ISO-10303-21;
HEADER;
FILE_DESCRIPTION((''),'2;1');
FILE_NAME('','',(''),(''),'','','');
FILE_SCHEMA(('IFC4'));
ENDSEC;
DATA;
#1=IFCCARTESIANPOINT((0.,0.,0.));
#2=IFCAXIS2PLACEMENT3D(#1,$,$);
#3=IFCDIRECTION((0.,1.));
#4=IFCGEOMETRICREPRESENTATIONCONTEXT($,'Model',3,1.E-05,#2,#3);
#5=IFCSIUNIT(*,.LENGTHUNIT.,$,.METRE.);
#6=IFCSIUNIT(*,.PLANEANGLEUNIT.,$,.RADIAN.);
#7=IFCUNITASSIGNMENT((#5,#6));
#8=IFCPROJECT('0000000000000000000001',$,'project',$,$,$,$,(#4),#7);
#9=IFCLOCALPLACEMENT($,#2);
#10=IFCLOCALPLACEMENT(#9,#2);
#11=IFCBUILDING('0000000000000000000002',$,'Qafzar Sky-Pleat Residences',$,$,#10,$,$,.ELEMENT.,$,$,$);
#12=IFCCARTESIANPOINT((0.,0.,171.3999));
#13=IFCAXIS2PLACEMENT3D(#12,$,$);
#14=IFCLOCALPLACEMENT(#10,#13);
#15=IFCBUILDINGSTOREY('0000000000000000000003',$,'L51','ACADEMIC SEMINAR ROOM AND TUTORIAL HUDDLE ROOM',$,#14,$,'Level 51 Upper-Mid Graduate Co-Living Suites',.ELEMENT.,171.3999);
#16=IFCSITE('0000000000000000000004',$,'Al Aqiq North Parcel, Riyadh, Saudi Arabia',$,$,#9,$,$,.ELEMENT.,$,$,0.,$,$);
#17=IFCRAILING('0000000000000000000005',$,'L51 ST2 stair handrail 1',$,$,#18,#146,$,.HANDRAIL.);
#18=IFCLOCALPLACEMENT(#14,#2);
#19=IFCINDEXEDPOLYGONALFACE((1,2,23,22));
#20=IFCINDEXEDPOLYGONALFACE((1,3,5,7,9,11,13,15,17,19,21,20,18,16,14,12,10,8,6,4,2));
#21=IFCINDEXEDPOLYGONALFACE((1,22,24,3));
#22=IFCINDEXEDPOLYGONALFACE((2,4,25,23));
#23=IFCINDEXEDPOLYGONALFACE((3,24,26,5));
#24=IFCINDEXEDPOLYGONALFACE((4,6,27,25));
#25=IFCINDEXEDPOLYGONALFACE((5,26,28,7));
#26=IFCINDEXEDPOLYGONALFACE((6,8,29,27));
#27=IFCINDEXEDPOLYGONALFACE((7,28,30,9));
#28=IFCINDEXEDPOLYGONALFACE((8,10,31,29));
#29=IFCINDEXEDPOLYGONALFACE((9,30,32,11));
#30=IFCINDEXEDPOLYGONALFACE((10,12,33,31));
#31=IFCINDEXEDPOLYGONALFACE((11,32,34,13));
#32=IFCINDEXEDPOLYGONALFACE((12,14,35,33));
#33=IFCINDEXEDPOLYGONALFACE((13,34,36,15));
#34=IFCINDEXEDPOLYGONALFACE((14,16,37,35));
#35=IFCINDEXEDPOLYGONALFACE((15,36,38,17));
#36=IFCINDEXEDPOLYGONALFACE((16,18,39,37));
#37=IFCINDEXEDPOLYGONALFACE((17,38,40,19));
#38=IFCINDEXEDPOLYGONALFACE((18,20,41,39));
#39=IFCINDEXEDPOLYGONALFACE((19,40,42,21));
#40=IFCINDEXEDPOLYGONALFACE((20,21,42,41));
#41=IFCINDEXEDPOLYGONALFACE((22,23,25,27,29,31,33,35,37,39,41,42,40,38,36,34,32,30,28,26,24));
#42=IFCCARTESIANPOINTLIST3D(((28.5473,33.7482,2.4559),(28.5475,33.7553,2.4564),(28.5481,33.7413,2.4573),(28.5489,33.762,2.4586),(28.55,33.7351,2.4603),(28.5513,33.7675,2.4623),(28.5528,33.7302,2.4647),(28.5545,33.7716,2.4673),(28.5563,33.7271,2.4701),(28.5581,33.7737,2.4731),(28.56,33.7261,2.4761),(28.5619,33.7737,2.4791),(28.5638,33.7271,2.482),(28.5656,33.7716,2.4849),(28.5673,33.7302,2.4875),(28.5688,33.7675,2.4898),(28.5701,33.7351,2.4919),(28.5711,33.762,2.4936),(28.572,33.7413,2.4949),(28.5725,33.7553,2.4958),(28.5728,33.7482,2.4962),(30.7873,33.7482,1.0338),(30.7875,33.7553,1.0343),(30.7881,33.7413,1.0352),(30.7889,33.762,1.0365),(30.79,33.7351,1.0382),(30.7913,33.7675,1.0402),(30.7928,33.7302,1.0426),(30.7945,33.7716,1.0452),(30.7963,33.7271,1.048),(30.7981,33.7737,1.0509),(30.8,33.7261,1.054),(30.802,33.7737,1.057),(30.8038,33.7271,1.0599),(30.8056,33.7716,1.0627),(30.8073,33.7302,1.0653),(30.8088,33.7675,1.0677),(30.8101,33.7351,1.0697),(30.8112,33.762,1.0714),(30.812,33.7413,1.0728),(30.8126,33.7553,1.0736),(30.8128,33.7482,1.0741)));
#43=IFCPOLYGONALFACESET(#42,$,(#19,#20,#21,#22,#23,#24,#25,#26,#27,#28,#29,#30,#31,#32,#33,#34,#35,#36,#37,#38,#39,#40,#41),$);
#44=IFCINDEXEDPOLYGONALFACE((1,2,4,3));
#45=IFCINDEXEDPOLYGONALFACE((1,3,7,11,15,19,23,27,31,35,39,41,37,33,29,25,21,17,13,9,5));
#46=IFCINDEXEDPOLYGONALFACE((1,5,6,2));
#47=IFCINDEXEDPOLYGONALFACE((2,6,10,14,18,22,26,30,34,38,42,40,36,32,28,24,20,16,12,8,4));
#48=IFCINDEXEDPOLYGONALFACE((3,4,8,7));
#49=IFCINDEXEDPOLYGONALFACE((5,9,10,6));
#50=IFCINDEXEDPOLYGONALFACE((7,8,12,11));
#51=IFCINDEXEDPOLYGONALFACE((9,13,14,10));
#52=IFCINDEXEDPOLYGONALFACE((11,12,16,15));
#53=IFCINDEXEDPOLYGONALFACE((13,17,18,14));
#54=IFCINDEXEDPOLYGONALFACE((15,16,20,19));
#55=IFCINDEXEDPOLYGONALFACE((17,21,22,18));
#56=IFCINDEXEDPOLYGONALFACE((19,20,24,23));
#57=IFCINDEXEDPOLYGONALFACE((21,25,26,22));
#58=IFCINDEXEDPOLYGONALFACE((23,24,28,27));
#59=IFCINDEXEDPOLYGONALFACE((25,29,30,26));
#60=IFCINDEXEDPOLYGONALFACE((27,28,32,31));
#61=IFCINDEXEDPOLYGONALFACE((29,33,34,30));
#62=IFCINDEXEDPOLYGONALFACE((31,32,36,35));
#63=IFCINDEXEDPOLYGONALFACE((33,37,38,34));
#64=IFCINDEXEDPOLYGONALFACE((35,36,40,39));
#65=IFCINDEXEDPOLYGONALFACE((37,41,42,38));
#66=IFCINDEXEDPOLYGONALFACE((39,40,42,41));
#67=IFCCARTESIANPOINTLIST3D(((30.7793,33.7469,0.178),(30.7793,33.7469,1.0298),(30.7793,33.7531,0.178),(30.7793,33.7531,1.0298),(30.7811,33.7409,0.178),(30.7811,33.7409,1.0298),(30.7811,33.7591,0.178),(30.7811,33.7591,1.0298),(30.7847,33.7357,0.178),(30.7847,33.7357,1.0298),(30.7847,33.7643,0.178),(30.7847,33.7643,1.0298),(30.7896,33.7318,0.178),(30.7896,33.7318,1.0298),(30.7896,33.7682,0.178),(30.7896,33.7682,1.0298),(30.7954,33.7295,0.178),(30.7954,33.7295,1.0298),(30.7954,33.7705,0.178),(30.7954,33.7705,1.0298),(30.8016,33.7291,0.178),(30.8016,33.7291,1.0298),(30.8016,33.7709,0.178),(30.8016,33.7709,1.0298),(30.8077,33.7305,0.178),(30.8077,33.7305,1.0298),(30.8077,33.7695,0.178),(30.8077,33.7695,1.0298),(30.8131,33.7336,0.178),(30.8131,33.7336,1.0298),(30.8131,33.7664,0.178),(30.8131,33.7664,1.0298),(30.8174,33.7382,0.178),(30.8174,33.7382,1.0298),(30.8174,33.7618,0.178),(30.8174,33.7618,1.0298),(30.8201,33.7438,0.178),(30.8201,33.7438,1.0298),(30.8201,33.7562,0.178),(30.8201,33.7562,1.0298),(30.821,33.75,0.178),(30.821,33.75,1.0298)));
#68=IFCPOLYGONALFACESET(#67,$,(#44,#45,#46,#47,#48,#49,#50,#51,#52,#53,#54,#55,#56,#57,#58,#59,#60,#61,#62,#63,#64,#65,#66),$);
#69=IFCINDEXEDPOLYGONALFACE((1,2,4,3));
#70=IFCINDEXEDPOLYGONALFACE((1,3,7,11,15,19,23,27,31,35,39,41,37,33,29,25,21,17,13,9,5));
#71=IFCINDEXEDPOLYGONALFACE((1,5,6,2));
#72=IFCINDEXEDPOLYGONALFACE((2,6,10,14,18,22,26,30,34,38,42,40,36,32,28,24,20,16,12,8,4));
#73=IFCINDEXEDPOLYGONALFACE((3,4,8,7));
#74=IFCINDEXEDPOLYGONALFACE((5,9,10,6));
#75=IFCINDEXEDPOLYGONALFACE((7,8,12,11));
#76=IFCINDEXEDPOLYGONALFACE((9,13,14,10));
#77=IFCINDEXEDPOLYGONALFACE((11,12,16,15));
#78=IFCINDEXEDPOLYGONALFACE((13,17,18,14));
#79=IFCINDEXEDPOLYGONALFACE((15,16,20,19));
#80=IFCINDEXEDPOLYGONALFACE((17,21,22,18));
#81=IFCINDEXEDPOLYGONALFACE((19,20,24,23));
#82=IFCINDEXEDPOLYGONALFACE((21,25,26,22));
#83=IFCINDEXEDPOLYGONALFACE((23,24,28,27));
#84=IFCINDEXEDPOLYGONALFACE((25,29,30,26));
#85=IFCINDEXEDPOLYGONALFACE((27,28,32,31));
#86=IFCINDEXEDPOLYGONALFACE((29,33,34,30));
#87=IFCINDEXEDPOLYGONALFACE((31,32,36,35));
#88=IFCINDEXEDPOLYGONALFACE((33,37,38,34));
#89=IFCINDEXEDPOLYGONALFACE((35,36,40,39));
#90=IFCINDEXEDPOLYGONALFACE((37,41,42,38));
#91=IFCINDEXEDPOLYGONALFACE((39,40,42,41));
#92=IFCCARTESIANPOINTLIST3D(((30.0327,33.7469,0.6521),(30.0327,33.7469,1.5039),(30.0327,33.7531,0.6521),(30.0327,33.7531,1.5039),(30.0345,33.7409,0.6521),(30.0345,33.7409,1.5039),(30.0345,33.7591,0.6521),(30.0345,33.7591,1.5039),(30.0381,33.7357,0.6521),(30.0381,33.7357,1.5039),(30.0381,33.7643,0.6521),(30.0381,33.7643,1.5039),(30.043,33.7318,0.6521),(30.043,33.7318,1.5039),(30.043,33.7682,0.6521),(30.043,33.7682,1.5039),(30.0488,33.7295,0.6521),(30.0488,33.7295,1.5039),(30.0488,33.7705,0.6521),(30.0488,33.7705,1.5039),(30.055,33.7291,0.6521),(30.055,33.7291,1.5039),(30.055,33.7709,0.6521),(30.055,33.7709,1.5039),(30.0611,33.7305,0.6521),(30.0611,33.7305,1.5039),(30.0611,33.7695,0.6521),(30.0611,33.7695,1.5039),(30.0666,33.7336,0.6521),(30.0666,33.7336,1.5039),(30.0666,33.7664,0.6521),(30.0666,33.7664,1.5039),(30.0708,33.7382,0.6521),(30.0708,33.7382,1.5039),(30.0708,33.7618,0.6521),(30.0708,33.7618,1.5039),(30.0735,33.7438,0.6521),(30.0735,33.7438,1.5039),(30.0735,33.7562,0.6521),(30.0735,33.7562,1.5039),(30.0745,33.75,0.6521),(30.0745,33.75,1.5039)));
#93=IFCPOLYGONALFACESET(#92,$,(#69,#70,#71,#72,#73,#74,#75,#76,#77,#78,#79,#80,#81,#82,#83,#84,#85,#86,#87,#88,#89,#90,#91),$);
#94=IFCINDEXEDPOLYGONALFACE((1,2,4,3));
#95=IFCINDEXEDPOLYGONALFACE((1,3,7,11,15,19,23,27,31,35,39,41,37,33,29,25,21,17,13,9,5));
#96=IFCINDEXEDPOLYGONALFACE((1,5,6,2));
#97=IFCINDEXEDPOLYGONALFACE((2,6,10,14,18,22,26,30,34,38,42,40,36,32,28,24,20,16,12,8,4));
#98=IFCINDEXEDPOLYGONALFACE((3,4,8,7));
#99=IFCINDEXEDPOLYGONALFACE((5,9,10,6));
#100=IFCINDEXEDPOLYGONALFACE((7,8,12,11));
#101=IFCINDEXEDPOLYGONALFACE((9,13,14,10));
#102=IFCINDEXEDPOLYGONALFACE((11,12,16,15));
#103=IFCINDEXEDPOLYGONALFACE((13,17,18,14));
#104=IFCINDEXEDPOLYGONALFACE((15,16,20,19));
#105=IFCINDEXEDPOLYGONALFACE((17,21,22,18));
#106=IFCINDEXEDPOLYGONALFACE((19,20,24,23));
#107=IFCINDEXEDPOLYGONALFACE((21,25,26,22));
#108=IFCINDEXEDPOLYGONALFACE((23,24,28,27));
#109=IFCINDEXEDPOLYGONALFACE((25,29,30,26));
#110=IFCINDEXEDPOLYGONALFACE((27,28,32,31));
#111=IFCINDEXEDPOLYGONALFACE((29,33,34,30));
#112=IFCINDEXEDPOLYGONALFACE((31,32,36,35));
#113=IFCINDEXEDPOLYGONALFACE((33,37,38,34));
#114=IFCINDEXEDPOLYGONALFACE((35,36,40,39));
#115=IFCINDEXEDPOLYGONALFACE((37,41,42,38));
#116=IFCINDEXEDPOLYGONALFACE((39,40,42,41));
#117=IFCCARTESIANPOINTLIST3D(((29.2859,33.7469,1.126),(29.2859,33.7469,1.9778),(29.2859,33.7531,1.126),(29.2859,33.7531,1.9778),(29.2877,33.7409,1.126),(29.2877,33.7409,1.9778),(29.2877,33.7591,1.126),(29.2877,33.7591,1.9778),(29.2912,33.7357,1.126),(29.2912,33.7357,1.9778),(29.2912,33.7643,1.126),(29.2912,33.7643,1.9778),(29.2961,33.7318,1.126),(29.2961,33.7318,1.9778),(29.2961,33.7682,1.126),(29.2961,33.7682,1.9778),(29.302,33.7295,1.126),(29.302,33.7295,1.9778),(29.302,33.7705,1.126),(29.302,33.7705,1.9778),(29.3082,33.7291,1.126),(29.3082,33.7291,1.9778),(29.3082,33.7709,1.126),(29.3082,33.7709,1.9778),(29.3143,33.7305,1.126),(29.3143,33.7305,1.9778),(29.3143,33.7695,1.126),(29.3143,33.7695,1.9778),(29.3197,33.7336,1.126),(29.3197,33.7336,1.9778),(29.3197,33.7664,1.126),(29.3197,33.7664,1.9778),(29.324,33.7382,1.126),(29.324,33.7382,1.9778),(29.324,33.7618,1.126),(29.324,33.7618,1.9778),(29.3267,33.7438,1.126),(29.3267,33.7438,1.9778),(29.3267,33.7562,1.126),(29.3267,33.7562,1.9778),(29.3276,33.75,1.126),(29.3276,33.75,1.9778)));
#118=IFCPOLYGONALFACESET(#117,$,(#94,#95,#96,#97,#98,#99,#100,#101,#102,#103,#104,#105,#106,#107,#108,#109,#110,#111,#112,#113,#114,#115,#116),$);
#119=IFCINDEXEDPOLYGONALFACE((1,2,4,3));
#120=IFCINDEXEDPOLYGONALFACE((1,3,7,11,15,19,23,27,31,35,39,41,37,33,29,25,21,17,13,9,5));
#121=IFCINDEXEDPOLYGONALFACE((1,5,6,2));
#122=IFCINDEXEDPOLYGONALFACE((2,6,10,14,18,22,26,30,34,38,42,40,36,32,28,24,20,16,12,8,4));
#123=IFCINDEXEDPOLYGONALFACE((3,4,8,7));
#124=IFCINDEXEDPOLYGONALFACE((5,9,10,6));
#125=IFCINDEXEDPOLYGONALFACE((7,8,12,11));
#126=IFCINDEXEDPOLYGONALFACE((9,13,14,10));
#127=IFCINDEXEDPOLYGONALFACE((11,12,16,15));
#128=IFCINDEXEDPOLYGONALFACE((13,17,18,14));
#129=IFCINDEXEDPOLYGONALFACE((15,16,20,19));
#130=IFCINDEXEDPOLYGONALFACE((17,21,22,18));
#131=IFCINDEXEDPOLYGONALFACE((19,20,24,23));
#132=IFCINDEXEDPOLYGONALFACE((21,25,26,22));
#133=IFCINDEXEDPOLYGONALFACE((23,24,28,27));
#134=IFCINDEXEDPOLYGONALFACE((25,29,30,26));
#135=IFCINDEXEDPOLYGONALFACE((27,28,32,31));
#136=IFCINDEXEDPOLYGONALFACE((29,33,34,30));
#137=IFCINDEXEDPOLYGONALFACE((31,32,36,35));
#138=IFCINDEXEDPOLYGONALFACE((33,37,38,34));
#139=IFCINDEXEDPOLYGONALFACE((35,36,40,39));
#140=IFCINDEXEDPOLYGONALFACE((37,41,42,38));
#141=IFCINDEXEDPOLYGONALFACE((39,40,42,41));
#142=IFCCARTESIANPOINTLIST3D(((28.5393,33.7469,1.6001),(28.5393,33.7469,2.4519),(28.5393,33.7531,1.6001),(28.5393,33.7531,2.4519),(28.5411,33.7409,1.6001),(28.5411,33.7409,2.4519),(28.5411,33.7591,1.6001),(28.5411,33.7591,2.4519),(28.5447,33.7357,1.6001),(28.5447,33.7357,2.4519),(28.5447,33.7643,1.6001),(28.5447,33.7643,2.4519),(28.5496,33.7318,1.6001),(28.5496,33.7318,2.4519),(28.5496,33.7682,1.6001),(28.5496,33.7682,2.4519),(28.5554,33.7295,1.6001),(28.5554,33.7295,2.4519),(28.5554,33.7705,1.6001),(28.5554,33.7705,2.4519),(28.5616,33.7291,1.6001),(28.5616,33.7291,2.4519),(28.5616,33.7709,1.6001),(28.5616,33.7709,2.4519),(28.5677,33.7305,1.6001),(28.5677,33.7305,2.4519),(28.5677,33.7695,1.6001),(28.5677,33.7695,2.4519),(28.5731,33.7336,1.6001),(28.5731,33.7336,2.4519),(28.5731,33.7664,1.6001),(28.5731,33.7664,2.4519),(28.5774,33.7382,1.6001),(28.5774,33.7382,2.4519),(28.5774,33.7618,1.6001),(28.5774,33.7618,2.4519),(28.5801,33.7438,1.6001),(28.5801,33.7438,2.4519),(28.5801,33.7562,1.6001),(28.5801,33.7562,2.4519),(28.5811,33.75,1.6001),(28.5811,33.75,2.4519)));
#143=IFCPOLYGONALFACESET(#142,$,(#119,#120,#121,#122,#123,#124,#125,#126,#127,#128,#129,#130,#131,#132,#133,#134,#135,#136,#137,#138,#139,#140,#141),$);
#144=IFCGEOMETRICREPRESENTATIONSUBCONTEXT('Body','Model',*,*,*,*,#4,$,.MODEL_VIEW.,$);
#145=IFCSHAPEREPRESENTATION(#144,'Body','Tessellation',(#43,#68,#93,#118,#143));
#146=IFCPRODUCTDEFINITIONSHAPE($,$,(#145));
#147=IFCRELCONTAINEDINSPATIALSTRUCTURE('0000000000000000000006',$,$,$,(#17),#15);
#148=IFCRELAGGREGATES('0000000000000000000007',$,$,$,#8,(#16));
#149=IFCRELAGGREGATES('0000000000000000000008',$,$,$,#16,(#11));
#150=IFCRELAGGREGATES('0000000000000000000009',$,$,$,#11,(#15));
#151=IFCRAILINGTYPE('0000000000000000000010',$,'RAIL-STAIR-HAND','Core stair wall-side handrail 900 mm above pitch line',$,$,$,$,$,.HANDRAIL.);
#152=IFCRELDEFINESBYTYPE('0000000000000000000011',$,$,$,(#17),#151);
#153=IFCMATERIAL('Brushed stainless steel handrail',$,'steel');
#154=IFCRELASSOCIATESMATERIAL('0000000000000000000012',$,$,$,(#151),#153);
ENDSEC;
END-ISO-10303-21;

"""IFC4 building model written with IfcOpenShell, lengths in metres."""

from ifc_helpers import new_model, si_unit, direction, frame, origin, origin_2d, place, context, subcontext, project, spatial, circle, extrude, source, transform, mapped, material, type_object, element, save


model = new_model("IFC4")

# Units and contexts
model_context = context("Model", 3, precision=1e-05, world=origin(), true_north=direction((0.0, 1.0)))
body_context = subcontext(model_context, "Body", "Model", "MODEL_VIEW")
ifc_project = project(units=[si_unit("LENGTHUNIT", "METRE"), si_unit("PLANEANGLEUNIT", "RADIAN")], contexts=[model_context])

# Site, building, storey
site_placement = place(None, origin())
site = spatial("IfcSite", under=ifc_project, at=site_placement, Name="Al Aqiq North Parcel, Riyadh, Saudi Arabia", CompositionType="ELEMENT", RefElevation=0.0)
building_placement = place(site_placement, origin())
building = spatial("IfcBuilding", under=site, at=building_placement, Name="Qafzar Sky-Pleat Residences", CompositionType="ELEMENT")
storey_placement = place(building_placement, frame((0.0, 0.0, 171.3999)))
storey = spatial("IfcBuildingStorey", under=building, at=storey_placement, Name="L51", Description="ACADEMIC SEMINAR ROOM AND TUTORIAL HUDDLE ROOM", LongName="Level 51 Upper-Mid Graduate Co-Living Suites", CompositionType="ELEMENT", Elevation=171.3999)

# Railing
ifc_material_1 = material(Name="Brushed stainless steel handrail", Category="steel")
railing_type_1 = type_object("IfcRailingType", Name="RAIL-STAIR-HAND", Description="Core stair wall-side handrail 900 mm above pitch line", PredefinedType="HANDRAIL", material=ifc_material_1)
shared_shape_1 = source(origin(), body_context, "Body", "SweptSolid", [
    extrude(circle(Radius=0.0239, at=origin_2d()), frame((0.0, 0.0, 0.876), z_axis=(-0.844229, 0.0, 0.535982), x_axis=(0.0, -1.0, 0.0)), (0.0, 0.0, 1.0), 2.6533),
    extrude(circle(Radius=0.021, at=origin_2d()), origin(), (0.0, 0.0, 1.0), 0.8518),
    extrude(circle(Radius=0.021, at=origin_2d()), frame((-0.7466, 0.0, 0.4741)), (0.0, 0.0, 1.0), 0.8518),
    extrude(circle(Radius=0.021, at=origin_2d()), frame((-1.4934, 0.0, 0.948)), (0.0, 0.0, 1.0), 0.8518),
    extrude(circle(Radius=0.021, at=origin_2d()), frame((-2.24, 0.0, 1.4221)), (0.0, 0.0, 1.0), 0.8518),
])
railing_1_placement = place(storey_placement, frame((30.8, 33.75, 0.178)))
element("IfcRailing", 1, at=railing_1_placement, inside=storey, type_object=railing_type_1, Name="L51 ST2 stair handrail 1", PredefinedType="HANDRAIL", context=body_context, shape_type="MappedRepresentation", body=[
    mapped(shared_shape_1, transform((0.0, 0.0, 0.0), x_axis=(1.0, 0.0, 0.0), y_axis=(0.0, 1.0, 0.0), z_axis=(0.0, 0.0, 1.0), scale=1.0)),
])

save(model, "model.ifc")
